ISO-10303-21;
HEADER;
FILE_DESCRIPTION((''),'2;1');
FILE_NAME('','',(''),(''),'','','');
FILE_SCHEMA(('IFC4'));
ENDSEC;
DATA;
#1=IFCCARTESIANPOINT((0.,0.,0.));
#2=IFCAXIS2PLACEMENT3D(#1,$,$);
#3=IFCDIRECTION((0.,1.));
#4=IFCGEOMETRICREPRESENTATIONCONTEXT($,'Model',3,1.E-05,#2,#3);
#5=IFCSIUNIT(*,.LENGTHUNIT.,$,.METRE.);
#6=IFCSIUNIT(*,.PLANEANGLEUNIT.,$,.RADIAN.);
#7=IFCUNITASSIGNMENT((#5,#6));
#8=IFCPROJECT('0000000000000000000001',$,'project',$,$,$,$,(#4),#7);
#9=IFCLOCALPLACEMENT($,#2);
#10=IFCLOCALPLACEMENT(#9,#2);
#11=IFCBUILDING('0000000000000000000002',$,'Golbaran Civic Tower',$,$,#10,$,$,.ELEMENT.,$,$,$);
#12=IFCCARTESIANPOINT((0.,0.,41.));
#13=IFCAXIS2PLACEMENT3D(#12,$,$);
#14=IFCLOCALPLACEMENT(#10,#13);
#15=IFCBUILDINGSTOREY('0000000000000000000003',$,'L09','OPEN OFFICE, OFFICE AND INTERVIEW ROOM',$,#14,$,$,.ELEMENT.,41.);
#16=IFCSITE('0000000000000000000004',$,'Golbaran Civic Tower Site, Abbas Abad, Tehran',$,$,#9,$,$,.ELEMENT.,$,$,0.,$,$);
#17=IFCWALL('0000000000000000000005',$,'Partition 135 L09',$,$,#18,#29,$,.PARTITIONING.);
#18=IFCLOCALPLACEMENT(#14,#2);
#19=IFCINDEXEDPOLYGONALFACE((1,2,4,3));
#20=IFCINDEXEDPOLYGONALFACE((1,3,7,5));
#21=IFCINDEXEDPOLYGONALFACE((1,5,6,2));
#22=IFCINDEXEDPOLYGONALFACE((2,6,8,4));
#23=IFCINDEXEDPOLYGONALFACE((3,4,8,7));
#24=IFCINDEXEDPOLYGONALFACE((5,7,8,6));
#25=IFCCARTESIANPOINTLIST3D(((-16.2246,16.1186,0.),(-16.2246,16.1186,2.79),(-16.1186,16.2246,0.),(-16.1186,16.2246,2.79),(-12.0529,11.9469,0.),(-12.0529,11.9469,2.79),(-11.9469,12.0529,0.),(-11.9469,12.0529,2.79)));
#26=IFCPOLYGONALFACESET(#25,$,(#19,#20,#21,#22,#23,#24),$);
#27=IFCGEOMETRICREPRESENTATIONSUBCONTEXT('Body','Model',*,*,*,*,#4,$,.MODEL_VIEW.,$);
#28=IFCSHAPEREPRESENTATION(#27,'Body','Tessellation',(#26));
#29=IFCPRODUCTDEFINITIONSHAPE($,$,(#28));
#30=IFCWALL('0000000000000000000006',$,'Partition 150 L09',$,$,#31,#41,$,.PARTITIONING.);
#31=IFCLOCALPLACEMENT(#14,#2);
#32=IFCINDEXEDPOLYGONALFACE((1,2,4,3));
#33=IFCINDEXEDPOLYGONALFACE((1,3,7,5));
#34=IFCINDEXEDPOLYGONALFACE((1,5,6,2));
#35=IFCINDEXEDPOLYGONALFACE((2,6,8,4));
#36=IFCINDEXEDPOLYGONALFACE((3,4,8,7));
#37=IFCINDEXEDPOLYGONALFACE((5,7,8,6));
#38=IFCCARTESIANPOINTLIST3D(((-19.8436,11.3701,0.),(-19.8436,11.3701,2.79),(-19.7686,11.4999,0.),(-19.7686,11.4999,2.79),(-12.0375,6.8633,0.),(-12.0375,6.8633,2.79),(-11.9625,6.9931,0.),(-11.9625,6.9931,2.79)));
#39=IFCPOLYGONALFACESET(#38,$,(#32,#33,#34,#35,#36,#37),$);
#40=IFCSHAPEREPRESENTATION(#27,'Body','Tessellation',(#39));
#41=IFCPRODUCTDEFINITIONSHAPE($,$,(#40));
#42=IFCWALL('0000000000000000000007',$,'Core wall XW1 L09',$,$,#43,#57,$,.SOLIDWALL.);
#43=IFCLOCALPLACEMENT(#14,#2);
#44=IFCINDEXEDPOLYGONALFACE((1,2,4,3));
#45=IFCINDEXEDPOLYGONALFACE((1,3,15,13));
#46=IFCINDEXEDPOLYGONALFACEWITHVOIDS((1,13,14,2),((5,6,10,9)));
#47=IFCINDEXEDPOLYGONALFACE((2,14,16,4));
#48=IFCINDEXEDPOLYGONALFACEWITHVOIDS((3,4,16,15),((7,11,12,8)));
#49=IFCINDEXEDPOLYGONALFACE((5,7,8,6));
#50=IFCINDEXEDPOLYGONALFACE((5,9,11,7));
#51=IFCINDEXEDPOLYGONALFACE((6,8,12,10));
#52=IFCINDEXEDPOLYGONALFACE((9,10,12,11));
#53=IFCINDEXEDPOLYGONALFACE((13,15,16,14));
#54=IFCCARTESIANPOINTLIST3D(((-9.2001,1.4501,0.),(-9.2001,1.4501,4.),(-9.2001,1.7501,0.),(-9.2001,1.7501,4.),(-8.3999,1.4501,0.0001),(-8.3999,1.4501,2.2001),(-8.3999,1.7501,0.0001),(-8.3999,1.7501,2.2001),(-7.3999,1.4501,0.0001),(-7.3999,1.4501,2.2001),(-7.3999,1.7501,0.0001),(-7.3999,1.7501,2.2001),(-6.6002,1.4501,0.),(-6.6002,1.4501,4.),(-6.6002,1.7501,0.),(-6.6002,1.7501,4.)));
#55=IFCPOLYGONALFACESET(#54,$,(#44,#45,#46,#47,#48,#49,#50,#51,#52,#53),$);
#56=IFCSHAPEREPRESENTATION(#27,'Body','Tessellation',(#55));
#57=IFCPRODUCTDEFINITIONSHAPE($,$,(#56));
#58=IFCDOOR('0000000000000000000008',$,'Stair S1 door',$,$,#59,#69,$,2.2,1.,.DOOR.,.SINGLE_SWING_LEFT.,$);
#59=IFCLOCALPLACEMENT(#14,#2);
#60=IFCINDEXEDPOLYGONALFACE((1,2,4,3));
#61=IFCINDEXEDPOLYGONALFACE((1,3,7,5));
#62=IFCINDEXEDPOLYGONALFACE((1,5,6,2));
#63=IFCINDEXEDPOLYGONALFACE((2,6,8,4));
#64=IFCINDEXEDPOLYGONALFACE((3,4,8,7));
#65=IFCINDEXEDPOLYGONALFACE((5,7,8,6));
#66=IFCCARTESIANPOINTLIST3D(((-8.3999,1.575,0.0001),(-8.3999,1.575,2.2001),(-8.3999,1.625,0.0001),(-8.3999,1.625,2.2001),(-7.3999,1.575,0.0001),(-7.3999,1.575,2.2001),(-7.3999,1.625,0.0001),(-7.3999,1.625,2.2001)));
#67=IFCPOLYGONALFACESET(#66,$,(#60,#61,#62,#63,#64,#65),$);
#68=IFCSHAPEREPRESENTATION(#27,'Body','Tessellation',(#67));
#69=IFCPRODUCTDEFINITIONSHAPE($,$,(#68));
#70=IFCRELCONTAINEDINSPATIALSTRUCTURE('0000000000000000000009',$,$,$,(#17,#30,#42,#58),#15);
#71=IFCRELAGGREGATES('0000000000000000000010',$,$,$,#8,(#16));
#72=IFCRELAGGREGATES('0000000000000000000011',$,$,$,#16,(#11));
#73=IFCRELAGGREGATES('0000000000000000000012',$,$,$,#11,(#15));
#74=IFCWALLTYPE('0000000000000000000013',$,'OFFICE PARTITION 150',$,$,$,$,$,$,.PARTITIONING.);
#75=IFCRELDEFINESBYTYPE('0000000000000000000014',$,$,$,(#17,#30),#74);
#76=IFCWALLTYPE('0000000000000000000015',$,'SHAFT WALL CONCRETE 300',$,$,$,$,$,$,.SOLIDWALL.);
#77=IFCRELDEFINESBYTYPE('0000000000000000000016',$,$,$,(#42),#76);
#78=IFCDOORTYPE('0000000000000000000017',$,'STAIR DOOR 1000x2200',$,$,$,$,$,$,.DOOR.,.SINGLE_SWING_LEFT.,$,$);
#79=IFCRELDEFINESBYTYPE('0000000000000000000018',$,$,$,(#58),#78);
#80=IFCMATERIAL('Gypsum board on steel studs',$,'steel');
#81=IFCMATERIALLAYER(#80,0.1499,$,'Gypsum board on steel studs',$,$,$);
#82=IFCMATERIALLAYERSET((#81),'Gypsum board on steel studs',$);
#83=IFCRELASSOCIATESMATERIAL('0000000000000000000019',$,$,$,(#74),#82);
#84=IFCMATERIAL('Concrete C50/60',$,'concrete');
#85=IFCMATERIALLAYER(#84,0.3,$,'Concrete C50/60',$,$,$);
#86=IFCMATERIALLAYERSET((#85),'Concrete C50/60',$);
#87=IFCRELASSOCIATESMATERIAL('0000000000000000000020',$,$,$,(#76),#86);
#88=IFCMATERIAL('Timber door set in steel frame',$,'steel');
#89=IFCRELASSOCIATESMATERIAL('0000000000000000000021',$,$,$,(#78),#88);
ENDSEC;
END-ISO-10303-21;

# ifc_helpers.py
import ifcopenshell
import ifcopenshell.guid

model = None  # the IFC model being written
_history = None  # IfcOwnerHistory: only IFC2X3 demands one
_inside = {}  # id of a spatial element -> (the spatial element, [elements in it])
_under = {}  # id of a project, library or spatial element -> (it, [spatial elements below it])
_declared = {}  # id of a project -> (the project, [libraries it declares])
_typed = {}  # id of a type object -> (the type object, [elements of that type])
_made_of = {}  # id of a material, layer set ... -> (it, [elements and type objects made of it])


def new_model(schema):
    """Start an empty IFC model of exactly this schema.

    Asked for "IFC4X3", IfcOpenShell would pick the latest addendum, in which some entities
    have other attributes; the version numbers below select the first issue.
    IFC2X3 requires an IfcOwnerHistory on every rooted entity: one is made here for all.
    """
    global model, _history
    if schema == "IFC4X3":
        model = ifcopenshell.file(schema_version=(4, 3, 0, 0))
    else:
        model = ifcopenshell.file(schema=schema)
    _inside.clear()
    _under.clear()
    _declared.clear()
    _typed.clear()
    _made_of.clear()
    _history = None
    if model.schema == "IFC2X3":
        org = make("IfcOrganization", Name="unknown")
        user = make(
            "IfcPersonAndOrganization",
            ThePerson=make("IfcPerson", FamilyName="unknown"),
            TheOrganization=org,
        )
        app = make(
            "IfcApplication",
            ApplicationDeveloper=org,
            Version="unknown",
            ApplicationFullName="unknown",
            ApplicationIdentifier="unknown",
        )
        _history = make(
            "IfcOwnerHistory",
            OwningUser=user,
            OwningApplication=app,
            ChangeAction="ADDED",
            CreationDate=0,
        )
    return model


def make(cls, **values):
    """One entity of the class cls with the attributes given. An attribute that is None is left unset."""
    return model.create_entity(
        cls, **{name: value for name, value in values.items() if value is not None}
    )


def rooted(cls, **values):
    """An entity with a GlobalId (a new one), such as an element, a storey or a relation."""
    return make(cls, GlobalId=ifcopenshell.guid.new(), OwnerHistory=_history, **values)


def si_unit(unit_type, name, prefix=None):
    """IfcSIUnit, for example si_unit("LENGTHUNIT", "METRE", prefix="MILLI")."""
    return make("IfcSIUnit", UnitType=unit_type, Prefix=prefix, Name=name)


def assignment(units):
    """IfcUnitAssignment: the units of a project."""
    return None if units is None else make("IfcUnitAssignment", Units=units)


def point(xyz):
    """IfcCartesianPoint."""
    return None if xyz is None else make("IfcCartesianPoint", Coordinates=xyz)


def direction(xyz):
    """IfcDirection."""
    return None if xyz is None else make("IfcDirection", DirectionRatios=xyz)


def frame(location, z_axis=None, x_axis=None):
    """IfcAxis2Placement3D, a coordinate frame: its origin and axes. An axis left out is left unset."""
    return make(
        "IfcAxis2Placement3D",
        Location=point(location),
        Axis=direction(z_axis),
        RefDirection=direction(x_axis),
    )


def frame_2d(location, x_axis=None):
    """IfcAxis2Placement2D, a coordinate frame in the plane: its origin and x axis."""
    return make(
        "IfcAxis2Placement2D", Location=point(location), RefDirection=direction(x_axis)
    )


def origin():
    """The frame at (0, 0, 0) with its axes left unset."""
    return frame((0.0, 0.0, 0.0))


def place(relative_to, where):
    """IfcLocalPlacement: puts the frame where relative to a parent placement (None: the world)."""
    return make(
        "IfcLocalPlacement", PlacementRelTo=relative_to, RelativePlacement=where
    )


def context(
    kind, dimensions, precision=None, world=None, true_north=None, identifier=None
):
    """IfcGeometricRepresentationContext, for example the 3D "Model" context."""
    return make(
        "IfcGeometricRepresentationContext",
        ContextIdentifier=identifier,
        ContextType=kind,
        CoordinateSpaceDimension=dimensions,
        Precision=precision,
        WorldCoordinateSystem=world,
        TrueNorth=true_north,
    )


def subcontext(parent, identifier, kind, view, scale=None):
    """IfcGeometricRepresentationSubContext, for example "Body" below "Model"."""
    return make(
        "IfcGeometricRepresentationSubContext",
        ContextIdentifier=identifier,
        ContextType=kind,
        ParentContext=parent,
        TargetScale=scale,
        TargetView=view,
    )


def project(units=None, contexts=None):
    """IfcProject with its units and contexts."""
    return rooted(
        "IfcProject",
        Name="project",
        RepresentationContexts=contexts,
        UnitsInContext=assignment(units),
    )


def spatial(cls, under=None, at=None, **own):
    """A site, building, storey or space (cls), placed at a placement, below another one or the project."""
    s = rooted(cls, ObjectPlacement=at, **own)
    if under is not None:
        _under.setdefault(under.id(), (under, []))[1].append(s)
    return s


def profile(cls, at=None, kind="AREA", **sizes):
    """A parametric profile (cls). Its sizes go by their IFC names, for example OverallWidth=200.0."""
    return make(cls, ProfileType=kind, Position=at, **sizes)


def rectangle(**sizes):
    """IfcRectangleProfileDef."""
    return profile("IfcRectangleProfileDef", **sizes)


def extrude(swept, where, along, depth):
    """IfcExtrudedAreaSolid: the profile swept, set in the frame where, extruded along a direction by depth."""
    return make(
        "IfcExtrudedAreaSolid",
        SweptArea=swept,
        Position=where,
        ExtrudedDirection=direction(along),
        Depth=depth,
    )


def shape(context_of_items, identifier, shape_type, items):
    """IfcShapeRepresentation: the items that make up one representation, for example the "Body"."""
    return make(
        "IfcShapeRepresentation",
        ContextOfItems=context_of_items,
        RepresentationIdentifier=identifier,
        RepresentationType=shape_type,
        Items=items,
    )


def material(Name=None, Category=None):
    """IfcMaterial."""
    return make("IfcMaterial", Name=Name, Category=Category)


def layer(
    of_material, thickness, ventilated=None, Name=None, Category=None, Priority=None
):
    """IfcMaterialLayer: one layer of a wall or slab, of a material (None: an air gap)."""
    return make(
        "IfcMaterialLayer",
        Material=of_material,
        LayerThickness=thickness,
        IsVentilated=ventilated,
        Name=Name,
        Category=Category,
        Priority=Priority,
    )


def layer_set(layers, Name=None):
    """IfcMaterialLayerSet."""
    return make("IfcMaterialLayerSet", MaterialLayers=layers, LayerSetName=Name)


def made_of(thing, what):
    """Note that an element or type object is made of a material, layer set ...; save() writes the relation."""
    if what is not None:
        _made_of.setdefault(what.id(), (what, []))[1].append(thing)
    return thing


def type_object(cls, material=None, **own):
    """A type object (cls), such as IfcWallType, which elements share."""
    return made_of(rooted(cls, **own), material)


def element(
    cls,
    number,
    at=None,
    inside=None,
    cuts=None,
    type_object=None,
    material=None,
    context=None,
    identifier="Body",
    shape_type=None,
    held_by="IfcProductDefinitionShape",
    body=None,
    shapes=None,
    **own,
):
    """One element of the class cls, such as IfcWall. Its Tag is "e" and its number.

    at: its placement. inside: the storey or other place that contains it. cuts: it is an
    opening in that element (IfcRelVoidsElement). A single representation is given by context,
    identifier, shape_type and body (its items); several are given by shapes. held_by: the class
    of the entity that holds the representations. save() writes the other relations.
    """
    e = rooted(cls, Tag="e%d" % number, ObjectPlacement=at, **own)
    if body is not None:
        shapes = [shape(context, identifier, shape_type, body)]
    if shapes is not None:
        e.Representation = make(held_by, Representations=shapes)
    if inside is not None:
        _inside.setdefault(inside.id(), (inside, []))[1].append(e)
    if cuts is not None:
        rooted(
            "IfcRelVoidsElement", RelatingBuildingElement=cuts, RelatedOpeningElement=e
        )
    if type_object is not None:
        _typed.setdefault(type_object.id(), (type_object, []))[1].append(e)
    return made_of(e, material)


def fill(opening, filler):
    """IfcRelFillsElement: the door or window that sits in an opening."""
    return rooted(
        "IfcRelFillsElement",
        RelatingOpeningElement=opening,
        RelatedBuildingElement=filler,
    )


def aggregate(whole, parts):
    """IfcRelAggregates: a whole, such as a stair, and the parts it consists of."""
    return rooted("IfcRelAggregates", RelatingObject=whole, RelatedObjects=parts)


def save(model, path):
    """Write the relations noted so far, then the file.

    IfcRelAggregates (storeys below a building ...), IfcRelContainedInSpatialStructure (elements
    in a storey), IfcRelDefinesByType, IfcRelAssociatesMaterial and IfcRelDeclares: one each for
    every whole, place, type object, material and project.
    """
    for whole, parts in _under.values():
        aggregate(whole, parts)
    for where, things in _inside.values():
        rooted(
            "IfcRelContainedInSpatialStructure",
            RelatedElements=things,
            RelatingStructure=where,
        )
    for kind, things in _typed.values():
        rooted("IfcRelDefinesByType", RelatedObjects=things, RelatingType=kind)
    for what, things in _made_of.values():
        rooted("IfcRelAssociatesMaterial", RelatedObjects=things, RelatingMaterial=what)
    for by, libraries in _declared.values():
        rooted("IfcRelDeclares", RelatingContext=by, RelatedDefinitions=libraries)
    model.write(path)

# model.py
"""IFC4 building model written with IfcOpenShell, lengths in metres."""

from ifc_helpers import new_model, si_unit, direction, frame, frame_2d, origin, place, context, subcontext, project, spatial, rectangle, extrude, material, layer, layer_set, type_object, element, fill, save


model = new_model("IFC4")

# Units and contexts
model_context = context("Model", 3, precision=1e-05, world=origin(), true_north=direction((0.0, 1.0)))
body_context = subcontext(model_context, "Body", "Model", "MODEL_VIEW")
ifc_project = project(units=[si_unit("LENGTHUNIT", "METRE"), si_unit("PLANEANGLEUNIT", "RADIAN")], contexts=[model_context])

# Site, building, storey
site_placement = place(None, origin())
site = spatial("IfcSite", under=ifc_project, at=site_placement, Name="Golbaran Civic Tower Site, Abbas Abad, Tehran", CompositionType="ELEMENT", RefElevation=0.0)
building_placement = place(site_placement, origin())
building = spatial("IfcBuilding", under=site, at=building_placement, Name="Golbaran Civic Tower", CompositionType="ELEMENT")
storey_placement = place(building_placement, frame((0.0, 0.0, 41.0)))
storey = spatial("IfcBuildingStorey", under=building, at=storey_placement, Name="L09", Description="OPEN OFFICE, OFFICE AND INTERVIEW ROOM", CompositionType="ELEMENT", Elevation=41.0)

# Shared definitions
ifc_material_1 = material(Name="Concrete C50/60", Category="concrete")
ifc_material_2 = material(Name="Timber door set in steel frame", Category="steel")

# Walls
ifc_material_3 = material(Name="Gypsum board on steel studs", Category="steel")
ifc_layer_1 = layer(ifc_material_3, 0.1499, Name="Gypsum board on steel studs")
ifc_layer_set_1 = layer_set([ifc_layer_1], Name="Gypsum board on steel studs")
wall_type_1 = type_object("IfcWallType", Name="OFFICE PARTITION 150", PredefinedType="PARTITIONING", material=ifc_layer_set_1)
wall_1_placement = place(storey_placement, frame((-12.0, 12.0, 0.0), z_axis=(0.0, 0.0, 1.0), x_axis=(-0.707107, 0.707107, 0.0)))
element("IfcWall", 1, at=wall_1_placement, inside=storey, type_object=wall_type_1, Name="Partition 135 L09", PredefinedType="PARTITIONING", context=body_context, shape_type="SweptSolid", body=[
    extrude(rectangle(XDim=5.8997, YDim=0.1499, at=frame_2d((2.9497, 0.0))), origin(), (0.0, 0.0, 1.0), 2.79),
])
wall_2_placement = place(storey_placement, frame((-12.0, 6.9282, 0.0), z_axis=(0.0, 0.0, 1.0), x_axis=(-0.866028, 0.499996, 0.0)))
element("IfcWall", 2, at=wall_2_placement, inside=storey, type_object=wall_type_1, Name="Partition 150 L09", PredefinedType="PARTITIONING", context=body_context, shape_type="SweptSolid", body=[
    extrude(rectangle(XDim=9.0137, YDim=0.1499, at=frame_2d((4.5068, 0.0))), origin(), (0.0, 0.0, 1.0), 2.79),
])

# Wall, opening, door
ifc_layer_2 = layer(ifc_material_1, 0.3, Name="Concrete C50/60")
ifc_layer_set_2 = layer_set([ifc_layer_2], Name="Concrete C50/60")
wall_type_2 = type_object("IfcWallType", Name="SHAFT WALL CONCRETE 300", PredefinedType="SOLIDWALL", material=ifc_layer_set_2)
wall_3_placement = place(storey_placement, frame((-9.2, 1.6001, 0.0), z_axis=(0.0, 0.0, 1.0), x_axis=(1.0, 0.0, 0.0)))
wall_3 = element("IfcWall", 3, at=wall_3_placement, inside=storey, type_object=wall_type_2, Name="Core wall XW1 L09", PredefinedType="SOLIDWALL", context=body_context, shape_type="SweptSolid", body=[
    extrude(rectangle(XDim=2.5999, YDim=0.3, at=frame_2d((1.2998, 0.0))), origin(), (0.0, 0.0, 1.0), 4.0),
])
opening_1_placement = place(wall_3_placement, frame((0.8, 0.0, 0.0)))
opening_1 = element("IfcOpeningElement", 4, at=opening_1_placement, cuts=wall_3, PredefinedType="OPENING", context=body_context, shape_type="SweptSolid", body=[
    extrude(rectangle(XDim=1.0, YDim=2.2, at=frame_2d((0.5, 1.1001))), frame((0.0, 0.1599, 0.0), z_axis=(0.0, -1.0, 0.0), x_axis=(1.0, 0.0, 0.0)), (0.0, 0.0, 1.0), 0.3201),
])
door_type_1 = type_object("IfcDoorType", Name="STAIR DOOR 1000x2200", OperationType="SINGLE_SWING_LEFT", PredefinedType="DOOR", material=ifc_material_2)
door_1_placement = place(opening_1_placement, origin())
door_1 = element("IfcDoor", 5, at=door_1_placement, inside=storey, type_object=door_type_1, Name="Stair S1 door", OperationType="SINGLE_SWING_LEFT", OverallHeight=2.2, OverallWidth=1.0, PredefinedType="DOOR", context=body_context, shape_type="SweptSolid", body=[
    extrude(rectangle(XDim=1.0, YDim=2.2, at=frame_2d((0.5, 1.1001))), frame((0.0, 0.0249, 0.0), z_axis=(0.0, -1.0, 0.0), x_axis=(1.0, 0.0, 0.0)), (0.0, 0.0, 1.0), 0.05),
])
fill(opening_1, door_1)

save(model, "model.ifc")
